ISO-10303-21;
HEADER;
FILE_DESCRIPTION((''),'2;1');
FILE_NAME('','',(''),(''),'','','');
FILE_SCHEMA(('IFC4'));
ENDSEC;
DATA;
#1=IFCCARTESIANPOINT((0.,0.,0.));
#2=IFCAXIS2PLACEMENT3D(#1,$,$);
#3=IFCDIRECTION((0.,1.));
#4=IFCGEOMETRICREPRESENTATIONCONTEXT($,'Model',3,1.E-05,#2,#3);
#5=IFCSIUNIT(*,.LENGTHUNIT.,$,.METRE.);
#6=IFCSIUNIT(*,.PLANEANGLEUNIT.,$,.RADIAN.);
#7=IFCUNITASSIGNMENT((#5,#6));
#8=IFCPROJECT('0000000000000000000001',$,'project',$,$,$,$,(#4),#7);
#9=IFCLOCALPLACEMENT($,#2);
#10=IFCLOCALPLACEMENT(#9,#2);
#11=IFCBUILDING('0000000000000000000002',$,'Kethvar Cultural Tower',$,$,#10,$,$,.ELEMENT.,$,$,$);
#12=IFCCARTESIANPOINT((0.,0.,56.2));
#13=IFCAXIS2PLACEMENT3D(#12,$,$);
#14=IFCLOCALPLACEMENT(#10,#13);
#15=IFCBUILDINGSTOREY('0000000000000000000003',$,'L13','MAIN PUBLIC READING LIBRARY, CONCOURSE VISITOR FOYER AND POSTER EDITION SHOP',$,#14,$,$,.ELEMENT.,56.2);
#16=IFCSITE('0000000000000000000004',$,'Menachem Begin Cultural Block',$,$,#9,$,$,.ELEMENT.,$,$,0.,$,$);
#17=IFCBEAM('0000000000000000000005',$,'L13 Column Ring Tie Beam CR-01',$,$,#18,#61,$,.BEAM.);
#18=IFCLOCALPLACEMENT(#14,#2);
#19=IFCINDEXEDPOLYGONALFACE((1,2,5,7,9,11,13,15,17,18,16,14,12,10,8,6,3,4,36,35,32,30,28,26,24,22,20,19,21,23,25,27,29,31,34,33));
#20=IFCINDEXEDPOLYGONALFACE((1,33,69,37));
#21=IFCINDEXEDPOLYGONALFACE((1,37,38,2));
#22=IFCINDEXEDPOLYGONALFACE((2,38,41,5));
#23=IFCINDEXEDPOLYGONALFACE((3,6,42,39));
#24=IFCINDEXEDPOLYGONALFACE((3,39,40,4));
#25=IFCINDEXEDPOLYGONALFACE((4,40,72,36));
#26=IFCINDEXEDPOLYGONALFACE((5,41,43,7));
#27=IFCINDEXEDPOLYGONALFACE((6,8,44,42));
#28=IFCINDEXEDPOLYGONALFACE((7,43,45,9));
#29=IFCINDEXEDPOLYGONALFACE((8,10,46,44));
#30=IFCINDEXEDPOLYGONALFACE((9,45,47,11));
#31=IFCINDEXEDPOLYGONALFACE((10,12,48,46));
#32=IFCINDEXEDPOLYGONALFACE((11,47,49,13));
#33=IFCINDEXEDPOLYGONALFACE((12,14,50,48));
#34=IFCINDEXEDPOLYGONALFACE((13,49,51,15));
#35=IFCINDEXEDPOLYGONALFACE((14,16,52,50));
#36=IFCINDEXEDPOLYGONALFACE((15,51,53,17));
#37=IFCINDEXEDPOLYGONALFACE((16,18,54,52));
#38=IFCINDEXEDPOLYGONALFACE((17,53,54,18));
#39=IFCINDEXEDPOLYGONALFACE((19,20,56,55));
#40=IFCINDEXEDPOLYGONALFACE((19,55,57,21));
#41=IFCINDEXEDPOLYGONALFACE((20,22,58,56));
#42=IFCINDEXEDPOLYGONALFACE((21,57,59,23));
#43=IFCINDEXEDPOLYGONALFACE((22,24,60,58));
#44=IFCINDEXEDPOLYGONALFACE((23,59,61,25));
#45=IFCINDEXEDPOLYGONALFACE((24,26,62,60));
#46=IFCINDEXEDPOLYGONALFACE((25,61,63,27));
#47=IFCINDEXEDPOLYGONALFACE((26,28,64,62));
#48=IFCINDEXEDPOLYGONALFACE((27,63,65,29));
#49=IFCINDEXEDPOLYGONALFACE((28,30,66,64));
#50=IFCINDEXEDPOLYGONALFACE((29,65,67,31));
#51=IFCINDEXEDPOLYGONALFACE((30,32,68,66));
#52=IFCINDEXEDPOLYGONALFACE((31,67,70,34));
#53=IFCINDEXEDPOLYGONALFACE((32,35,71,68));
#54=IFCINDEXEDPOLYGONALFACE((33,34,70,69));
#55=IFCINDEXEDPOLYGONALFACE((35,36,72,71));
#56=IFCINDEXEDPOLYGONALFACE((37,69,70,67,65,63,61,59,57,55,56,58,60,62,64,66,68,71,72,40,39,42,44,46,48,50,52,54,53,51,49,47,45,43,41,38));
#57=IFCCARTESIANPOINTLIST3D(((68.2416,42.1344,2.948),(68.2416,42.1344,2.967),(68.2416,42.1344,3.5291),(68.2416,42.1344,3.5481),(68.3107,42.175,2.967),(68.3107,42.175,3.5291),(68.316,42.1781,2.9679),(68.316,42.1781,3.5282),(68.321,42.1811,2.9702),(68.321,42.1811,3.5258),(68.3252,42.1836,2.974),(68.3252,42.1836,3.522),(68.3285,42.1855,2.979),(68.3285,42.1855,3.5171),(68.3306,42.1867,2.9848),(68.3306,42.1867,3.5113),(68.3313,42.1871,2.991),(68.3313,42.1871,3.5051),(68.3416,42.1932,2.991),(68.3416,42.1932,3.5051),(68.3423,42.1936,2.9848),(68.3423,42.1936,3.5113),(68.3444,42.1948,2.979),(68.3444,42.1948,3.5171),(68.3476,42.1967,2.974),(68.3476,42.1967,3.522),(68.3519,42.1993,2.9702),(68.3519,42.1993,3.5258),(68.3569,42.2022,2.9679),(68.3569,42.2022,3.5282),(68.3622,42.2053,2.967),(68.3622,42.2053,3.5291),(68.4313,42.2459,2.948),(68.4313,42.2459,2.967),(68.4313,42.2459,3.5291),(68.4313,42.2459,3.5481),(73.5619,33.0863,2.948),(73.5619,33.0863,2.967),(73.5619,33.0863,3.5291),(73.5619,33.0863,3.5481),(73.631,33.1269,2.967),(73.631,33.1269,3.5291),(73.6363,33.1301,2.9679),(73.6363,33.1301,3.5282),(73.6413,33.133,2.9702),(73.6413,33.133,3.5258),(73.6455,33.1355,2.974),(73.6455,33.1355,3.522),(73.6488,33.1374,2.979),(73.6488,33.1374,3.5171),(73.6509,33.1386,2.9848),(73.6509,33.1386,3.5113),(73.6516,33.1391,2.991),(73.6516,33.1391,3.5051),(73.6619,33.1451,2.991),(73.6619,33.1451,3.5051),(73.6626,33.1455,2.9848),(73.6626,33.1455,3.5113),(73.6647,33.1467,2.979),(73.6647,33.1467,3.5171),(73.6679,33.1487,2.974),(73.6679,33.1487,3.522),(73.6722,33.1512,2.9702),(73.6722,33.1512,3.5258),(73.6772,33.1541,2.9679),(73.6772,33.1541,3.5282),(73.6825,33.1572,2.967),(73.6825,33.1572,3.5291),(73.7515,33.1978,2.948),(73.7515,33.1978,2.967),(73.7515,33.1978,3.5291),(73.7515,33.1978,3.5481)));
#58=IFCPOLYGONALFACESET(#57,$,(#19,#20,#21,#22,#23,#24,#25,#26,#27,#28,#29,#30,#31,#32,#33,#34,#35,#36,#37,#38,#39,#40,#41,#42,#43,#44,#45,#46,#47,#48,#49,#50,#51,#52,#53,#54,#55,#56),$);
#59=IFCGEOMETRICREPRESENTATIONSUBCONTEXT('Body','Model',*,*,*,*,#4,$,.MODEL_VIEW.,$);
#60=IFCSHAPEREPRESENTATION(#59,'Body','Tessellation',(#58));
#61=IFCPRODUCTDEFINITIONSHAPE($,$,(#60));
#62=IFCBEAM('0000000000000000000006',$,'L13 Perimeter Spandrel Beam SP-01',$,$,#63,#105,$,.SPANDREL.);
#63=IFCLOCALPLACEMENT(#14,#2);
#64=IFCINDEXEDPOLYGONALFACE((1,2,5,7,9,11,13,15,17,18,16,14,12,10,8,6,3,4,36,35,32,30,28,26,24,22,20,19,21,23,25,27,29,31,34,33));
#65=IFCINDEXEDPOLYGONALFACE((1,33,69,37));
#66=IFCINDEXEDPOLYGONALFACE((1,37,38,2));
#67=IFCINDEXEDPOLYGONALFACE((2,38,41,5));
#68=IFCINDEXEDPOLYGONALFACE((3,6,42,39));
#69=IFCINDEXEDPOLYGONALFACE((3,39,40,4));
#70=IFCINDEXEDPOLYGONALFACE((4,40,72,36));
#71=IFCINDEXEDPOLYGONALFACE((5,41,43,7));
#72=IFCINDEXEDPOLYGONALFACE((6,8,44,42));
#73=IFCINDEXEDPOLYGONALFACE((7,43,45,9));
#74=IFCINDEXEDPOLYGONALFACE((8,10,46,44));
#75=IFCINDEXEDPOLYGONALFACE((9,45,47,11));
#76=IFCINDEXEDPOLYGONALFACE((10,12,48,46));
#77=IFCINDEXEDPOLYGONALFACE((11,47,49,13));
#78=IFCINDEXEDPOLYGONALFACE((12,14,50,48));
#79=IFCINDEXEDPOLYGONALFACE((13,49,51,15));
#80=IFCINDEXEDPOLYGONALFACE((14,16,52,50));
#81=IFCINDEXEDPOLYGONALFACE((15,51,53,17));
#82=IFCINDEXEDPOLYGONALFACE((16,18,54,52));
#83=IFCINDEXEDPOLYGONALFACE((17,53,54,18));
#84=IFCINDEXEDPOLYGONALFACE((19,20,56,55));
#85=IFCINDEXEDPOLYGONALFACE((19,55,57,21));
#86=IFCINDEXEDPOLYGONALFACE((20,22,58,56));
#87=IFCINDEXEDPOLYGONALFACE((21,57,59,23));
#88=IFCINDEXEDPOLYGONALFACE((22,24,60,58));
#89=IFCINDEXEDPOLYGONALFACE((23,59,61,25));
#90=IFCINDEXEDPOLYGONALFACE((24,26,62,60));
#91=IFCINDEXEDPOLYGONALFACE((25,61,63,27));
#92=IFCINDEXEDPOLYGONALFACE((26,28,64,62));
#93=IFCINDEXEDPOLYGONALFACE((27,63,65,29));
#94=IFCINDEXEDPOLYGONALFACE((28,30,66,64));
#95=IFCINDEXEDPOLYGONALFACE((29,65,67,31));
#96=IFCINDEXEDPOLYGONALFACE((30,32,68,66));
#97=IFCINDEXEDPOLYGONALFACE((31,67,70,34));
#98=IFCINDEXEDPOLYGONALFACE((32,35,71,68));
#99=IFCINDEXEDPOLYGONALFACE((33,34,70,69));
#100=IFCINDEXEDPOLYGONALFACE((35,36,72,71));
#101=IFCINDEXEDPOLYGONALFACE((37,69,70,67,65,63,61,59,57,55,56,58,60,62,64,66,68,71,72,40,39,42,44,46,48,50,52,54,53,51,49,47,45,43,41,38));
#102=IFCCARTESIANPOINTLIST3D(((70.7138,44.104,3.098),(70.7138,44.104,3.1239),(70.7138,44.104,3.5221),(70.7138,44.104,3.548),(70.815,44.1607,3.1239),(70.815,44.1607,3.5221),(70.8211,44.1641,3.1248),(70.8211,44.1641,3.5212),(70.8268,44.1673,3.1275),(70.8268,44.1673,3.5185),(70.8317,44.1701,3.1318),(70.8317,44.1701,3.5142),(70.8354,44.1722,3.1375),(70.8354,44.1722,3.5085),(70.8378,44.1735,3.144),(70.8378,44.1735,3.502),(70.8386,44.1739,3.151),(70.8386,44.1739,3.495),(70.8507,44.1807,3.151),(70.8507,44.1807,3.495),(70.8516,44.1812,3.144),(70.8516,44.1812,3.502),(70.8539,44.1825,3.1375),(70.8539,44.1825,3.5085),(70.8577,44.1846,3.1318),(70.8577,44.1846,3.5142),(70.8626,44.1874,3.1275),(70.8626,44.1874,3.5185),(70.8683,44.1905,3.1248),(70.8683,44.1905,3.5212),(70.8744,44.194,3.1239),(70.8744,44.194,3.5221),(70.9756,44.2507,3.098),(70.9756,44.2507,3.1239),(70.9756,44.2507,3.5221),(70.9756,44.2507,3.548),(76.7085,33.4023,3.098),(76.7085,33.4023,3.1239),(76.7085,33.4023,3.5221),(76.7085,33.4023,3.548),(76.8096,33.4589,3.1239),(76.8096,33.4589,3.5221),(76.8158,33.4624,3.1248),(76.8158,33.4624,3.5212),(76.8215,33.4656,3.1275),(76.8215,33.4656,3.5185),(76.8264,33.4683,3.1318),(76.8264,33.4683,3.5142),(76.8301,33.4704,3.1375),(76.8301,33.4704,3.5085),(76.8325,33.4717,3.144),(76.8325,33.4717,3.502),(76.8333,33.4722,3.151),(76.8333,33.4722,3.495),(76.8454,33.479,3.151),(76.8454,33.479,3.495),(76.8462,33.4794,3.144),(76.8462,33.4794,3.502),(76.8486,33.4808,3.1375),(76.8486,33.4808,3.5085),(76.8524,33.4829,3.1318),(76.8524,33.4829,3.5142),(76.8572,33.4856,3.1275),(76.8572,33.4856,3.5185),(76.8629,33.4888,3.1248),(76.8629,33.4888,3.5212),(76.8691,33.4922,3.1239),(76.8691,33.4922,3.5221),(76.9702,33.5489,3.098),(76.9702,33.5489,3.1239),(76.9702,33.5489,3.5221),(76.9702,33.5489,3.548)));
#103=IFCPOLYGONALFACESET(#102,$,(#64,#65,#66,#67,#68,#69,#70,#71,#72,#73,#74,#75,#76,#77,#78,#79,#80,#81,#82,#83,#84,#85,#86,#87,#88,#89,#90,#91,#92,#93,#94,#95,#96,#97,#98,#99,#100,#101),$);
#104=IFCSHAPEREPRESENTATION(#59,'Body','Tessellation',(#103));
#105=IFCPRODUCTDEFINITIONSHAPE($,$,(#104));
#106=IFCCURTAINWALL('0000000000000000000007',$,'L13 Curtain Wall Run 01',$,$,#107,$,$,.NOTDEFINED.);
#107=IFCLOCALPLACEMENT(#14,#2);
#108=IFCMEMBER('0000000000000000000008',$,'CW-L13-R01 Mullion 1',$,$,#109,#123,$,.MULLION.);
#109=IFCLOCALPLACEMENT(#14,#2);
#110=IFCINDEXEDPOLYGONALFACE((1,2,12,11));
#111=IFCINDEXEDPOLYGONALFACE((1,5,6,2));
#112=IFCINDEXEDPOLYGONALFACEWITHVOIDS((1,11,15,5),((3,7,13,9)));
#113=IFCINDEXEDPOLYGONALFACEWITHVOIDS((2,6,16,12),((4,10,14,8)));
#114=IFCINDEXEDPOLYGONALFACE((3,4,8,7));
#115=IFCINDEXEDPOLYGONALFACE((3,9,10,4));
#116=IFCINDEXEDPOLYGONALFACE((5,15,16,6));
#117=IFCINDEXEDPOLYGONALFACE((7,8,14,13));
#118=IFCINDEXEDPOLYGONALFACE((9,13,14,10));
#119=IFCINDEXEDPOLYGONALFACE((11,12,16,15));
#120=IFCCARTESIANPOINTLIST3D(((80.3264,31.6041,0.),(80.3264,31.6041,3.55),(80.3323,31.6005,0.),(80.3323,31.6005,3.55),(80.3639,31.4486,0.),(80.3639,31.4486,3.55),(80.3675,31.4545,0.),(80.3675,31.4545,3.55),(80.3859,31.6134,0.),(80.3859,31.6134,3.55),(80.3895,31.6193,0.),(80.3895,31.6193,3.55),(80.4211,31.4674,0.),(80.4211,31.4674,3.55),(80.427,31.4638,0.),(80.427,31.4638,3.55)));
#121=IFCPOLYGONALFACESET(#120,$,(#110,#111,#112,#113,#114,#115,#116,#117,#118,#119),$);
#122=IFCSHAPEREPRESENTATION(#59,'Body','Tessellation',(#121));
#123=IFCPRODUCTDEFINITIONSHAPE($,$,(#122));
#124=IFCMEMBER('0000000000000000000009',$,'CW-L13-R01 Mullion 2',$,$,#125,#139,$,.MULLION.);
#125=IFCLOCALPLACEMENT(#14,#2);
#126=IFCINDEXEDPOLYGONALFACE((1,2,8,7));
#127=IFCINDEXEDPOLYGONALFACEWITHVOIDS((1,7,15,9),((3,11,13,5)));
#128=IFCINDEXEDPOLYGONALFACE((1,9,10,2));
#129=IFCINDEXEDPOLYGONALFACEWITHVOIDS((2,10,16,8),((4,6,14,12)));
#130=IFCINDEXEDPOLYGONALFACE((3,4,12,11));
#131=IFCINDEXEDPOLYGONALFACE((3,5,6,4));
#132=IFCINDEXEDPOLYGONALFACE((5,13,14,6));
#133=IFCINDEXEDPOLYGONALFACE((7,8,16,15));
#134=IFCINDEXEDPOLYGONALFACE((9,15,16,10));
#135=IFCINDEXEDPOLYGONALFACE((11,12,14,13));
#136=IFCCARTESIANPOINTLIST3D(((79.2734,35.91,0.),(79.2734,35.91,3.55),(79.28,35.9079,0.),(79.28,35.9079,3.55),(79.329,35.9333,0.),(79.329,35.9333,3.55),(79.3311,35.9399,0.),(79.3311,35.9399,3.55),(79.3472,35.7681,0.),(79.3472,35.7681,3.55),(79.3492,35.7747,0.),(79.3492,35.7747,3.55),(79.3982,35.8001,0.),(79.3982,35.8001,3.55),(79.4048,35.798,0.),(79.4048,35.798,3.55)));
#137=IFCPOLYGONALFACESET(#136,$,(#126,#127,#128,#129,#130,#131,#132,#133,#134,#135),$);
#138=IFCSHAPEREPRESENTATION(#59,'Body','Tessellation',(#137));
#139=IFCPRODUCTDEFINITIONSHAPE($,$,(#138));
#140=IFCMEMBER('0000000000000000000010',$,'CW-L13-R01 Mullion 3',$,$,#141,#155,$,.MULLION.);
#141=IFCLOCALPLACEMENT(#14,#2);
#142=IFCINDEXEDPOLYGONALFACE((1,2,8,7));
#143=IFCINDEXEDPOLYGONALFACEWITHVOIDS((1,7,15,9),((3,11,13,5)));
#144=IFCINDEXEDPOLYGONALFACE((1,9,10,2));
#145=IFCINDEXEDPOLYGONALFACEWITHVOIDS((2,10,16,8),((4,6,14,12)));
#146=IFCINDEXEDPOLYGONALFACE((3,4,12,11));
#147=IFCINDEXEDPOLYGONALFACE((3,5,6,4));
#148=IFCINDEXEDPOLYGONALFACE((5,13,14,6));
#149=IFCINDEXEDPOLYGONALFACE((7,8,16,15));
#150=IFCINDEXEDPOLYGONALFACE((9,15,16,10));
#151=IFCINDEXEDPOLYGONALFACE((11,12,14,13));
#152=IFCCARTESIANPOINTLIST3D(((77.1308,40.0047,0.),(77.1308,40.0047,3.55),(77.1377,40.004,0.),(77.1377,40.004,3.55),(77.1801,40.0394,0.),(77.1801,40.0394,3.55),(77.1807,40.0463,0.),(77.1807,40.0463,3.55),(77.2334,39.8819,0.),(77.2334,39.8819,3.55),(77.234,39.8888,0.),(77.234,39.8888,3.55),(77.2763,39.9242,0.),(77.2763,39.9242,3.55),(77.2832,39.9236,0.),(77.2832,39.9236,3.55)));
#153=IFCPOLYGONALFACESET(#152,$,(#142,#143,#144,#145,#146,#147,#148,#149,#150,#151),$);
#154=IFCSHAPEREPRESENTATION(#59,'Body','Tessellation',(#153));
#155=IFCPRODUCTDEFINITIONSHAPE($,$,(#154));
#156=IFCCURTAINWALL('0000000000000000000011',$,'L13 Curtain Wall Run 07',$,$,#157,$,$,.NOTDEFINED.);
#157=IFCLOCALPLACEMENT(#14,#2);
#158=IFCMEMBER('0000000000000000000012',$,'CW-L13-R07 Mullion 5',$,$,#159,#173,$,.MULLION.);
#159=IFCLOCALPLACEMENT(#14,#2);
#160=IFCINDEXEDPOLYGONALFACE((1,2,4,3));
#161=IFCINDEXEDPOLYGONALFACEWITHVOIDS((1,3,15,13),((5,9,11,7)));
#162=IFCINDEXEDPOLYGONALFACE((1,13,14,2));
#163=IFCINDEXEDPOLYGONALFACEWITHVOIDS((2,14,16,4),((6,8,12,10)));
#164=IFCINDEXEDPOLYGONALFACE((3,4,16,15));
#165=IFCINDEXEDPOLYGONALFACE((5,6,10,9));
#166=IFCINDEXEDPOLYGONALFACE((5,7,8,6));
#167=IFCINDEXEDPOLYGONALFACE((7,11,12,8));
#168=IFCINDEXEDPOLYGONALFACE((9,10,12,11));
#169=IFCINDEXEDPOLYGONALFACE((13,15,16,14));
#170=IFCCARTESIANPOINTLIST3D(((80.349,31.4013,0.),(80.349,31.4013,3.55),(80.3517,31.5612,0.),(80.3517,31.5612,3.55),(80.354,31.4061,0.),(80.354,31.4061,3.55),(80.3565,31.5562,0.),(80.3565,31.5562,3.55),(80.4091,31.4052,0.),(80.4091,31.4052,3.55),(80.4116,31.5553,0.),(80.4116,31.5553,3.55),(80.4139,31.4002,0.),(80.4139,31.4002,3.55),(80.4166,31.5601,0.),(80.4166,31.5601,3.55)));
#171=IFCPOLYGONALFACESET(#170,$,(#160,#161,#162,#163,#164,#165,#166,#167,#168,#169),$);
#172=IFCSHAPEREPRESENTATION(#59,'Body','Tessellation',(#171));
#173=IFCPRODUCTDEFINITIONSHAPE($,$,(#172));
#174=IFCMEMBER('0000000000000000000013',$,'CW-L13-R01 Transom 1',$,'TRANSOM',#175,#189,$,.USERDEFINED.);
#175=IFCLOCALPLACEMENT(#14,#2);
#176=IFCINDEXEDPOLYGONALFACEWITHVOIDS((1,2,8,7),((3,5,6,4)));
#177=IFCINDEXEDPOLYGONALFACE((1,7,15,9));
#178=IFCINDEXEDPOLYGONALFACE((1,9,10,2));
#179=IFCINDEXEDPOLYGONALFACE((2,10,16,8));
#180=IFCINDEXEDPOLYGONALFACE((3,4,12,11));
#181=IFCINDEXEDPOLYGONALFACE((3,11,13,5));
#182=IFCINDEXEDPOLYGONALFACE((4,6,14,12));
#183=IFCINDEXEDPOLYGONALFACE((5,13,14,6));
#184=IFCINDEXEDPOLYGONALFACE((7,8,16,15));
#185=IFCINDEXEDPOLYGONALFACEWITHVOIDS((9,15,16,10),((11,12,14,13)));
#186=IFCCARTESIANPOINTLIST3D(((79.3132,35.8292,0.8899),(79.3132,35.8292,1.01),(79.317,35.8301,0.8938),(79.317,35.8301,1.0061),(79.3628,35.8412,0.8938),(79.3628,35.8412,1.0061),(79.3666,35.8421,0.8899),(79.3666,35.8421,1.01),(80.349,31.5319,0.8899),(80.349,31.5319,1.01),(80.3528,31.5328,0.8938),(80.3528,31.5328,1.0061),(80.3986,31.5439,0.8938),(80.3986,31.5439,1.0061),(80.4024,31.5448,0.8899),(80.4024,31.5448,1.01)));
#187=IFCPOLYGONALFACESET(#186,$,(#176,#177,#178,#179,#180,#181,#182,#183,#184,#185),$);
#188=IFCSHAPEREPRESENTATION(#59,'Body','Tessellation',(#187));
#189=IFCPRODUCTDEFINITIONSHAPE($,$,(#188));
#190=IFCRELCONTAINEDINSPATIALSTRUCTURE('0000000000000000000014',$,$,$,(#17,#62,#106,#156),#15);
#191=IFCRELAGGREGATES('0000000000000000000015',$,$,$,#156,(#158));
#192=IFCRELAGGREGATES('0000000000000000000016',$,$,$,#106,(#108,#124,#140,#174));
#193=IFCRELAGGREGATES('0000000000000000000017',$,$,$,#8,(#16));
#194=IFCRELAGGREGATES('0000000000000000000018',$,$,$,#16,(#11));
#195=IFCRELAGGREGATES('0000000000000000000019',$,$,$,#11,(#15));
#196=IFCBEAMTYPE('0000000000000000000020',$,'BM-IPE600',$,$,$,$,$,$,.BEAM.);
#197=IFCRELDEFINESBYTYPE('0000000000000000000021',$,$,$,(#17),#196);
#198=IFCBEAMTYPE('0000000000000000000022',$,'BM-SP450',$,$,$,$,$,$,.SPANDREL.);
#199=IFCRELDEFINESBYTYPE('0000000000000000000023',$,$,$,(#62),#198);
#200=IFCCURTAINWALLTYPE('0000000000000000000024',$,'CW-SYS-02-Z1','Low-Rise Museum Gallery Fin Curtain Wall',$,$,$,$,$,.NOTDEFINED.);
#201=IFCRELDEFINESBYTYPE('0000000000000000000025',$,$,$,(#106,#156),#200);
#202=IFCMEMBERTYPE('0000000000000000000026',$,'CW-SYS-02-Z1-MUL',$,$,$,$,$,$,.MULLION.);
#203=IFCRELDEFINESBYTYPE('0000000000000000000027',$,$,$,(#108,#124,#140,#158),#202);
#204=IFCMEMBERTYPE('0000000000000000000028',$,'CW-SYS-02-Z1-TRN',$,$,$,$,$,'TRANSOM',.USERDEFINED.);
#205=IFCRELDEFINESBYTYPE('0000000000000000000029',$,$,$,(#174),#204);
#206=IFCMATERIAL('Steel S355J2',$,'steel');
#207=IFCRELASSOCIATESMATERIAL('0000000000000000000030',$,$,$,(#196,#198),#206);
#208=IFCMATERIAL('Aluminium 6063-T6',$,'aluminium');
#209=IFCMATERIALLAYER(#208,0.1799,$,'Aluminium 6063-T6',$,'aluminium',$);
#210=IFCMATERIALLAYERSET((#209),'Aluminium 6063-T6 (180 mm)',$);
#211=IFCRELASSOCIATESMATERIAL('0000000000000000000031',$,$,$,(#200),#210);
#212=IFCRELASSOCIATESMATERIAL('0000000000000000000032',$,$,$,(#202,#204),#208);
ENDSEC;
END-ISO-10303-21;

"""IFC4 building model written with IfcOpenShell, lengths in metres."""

from ifc_helpers import new_model, si_unit, direction, frame, origin, origin_2d, place, context, subcontext, project, spatial, hollow_rectangle, i_section, extrude, source, transform, mapped, material, layer, layer_set, material_profile, profile_set, type_object, element, aggregate, save


model = new_model("IFC4")

# Units and contexts
model_context = context("Model", 3, precision=1e-05, world=origin(), true_north=direction((0.0, 1.0)))
body_context = subcontext(model_context, "Body", "Model", "MODEL_VIEW")
ifc_project = project(units=[si_unit("LENGTHUNIT", "METRE"), si_unit("PLANEANGLEUNIT", "RADIAN")], contexts=[model_context])

# Site, building, storey
site_placement = place(None, origin())
site = spatial("IfcSite", under=ifc_project, at=site_placement, Name="Menachem Begin Cultural Block", CompositionType="ELEMENT", RefElevation=0.0)
building_placement = place(site_placement, origin())
building = spatial("IfcBuilding", under=site, at=building_placement, Name="Kethvar Cultural Tower", CompositionType="ELEMENT")
storey_placement = place(building_placement, frame((0.0, 0.0, 56.2)))
storey = spatial("IfcBuildingStorey", under=building, at=storey_placement, Name="L13", Description="MAIN PUBLIC READING LIBRARY, CONCOURSE VISITOR FOYER AND POSTER EDITION SHOP", CompositionType="ELEMENT", Elevation=56.2)

# Beams
ifc_material_1 = material(Name="Steel S355J2", Category="steel")
ifc_material_profile_1 = material_profile(ifc_material_1, i_section(OverallWidth=0.22, OverallDepth=0.6001, WebThickness=0.012, FlangeThickness=0.019, FilletRadius=0.0239, at=origin_2d()), Name="Steel S355J2 — IPE600")
ifc_profile_set_1 = profile_set([ifc_material_profile_1], Name="Steel S355J2 — IPE600")
beam_type_1 = type_object("IfcBeamType", Name="BM-IPE600", PredefinedType="BEAM", material=ifc_profile_set_1)
shared_shape_1 = source(origin(), body_context, "Body", "SweptSolid", [
    extrude(i_section(OverallWidth=0.22, OverallDepth=0.6001, WebThickness=0.012, FlangeThickness=0.019, FilletRadius=0.0239, at=origin_2d()), origin(), (0.0, 0.0, 1.0), 10.4963),
])
beam_1_placement = place(storey_placement, frame((73.6567, 33.1421, 3.248), z_axis=(-0.506872, 0.862022, 0.0), x_axis=(-0.862022, -0.506872, 0.0)))
element("IfcBeam", 1, at=beam_1_placement, inside=storey, type_object=beam_type_1, Name="L13 Column Ring Tie Beam CR-01", PredefinedType="BEAM", context=body_context, shape_type="MappedRepresentation", body=[
    mapped(shared_shape_1, transform((0.0, 0.0, 0.0), scale=1.0)),
])
ifc_material_profile_2 = material_profile(ifc_material_1, i_section(OverallWidth=0.3, OverallDepth=0.45, WebThickness=0.0139, FlangeThickness=0.0259, FilletRadius=0.0271, at=origin_2d()), Name="Steel S355J2 — HEB450")
ifc_profile_set_2 = profile_set([ifc_material_profile_2], Name="Steel S355J2 — HEB450")
beam_type_2 = type_object("IfcBeamType", Name="BM-SP450", PredefinedType="SPANDREL", material=ifc_profile_set_2)
shared_shape_2 = source(origin(), body_context, "Body", "SweptSolid", [
    extrude(i_section(OverallWidth=0.3, OverallDepth=0.45, WebThickness=0.0139, FlangeThickness=0.0259, FilletRadius=0.0271, at=origin_2d()), origin(), (0.0, 0.0, 1.0), 12.2664),
])
beam_2_placement = place(storey_placement, frame((76.8394, 33.4756, 3.323), z_axis=(-0.488709, 0.872447, 0.0), x_axis=(-0.872447, -0.488709, 0.0)))
element("IfcBeam", 2, at=beam_2_placement, inside=storey, type_object=beam_type_2, Name="L13 Perimeter Spandrel Beam SP-01", PredefinedType="SPANDREL", context=body_context, shape_type="MappedRepresentation", body=[
    mapped(shared_shape_2, transform((0.0, 0.0, 0.0), scale=1.0)),
])

# Curtain wall, members
ifc_material_2 = material(Name="Aluminium 6063-T6", Category="aluminium")
ifc_layer_1 = layer(ifc_material_2, 0.1799, Name="Aluminium 6063-T6", Category="aluminium")
ifc_layer_set_1 = layer_set([ifc_layer_1], Name="Aluminium 6063-T6 (180 mm)")
curtain_wall_type = type_object("IfcCurtainWallType", Name="CW-SYS-02-Z1", Description="Low-Rise Museum Gallery Fin Curtain Wall", PredefinedType="NOTDEFINED", material=ifc_layer_set_1)
curtain_wall_1_placement = place(storey_placement, origin())
curtain_wall_1 = element("IfcCurtainWall", 3, at=curtain_wall_1_placement, inside=storey, type_object=curtain_wall_type, Name="L13 Curtain Wall Run 01", PredefinedType="NOTDEFINED")
ifc_material_profile_3 = material_profile(ifc_material_2, hollow_rectangle(XDim=0.0649, YDim=0.1599, WallThickness=0.0049, at=origin_2d()), Name="Aluminium 6063-T6 — RHS160x65x5")
ifc_profile_set_3 = profile_set([ifc_material_profile_3], Name="Aluminium 6063-T6 — RHS160x65x5")
member_type_1 = type_object("IfcMemberType", Name="CW-SYS-02-Z1-MUL", PredefinedType="MULLION", material=ifc_profile_set_3)
shared_shape_3 = source(origin(), body_context, "Body", "SweptSolid", [
    extrude(hollow_rectangle(XDim=0.0649, YDim=0.1599, WallThickness=0.0049, at=origin_2d()), origin(), (0.0, 0.0, 1.0), 3.55),
])
member_1_placement = place(storey_placement, frame((80.3767, 31.5339, 0.0), z_axis=(0.0, 0.0, 1.0), x_axis=(-0.972154, -0.234345, 0.0)))
member_1 = element("IfcMember", 4, at=member_1_placement, type_object=member_type_1, Name="CW-L13-R01 Mullion 1", PredefinedType="MULLION", context=body_context, shape_type="MappedRepresentation", body=[
    mapped(shared_shape_3, transform((0.0, 0.0, 0.0), scale=1.0)),
])
member_2_placement = place(storey_placement, frame((79.3391, 35.854, 0.0), z_axis=(0.0, 0.0, 1.0), x_axis=(-0.887389, -0.461021, 0.0)))
member_2 = element("IfcMember", 5, at=member_2_placement, type_object=member_type_1, Name="CW-L13-R01 Mullion 2", PredefinedType="MULLION", context=body_context, shape_type="MappedRepresentation", body=[
    mapped(shared_shape_3, transform((0.0, 0.0, 0.0), scale=1.0)),
])
member_3_placement = place(storey_placement, frame((77.207, 39.9641, 0.0), z_axis=(0.0, 0.0, 1.0), x_axis=(-0.7674, -0.641168, 0.0)))
member_3 = element("IfcMember", 6, at=member_3_placement, type_object=member_type_1, Name="CW-L13-R01 Mullion 3", PredefinedType="MULLION", context=body_context, shape_type="MappedRepresentation", body=[
    mapped(shared_shape_3, transform((0.0, 0.0, 0.0), scale=1.0)),
])

# Curtain wall, member
curtain_wall_2_placement = place(storey_placement, origin())
curtain_wall_2 = element("IfcCurtainWall", 7, at=curtain_wall_2_placement, inside=storey, type_object=curtain_wall_type, Name="L13 Curtain Wall Run 07", PredefinedType="NOTDEFINED")
member_4_placement = place(storey_placement, frame((80.3828, 31.4807, 0.0), z_axis=(0.0, 0.0, 1.0), x_axis=(-0.999862, 0.016632, 0.0)))
member_4 = element("IfcMember", 8, at=member_4_placement, type_object=member_type_1, Name="CW-L13-R07 Mullion 5", PredefinedType="MULLION", context=body_context, shape_type="MappedRepresentation", body=[
    mapped(shared_shape_3, transform((0.0, 0.0, 0.0), scale=1.0)),
])

# Member
ifc_material_profile_4 = material_profile(ifc_material_2, hollow_rectangle(XDim=0.0549, YDim=0.1201, WallThickness=0.0039, at=origin_2d()), Name="Aluminium 6063-T6 — RHS120x55x4")
ifc_profile_set_4 = profile_set([ifc_material_profile_4], Name="Aluminium 6063-T6 — RHS120x55x4")
member_type_2 = type_object("IfcMemberType", Name="CW-SYS-02-Z1-TRN", ElementType="TRANSOM", PredefinedType="USERDEFINED", material=ifc_profile_set_4)
shared_shape_4 = source(origin(), body_context, "Body", "SweptSolid", [
    extrude(hollow_rectangle(XDim=0.0549, YDim=0.1201, WallThickness=0.0039, at=origin_2d()), origin(), (0.0, 0.0, 1.0), 4.4204),
])
member_5_placement = place(storey_placement, frame((80.3757, 31.5383, 0.95), z_axis=(-0.23434, 0.972155, 0.0), x_axis=(-0.972155, -0.23434, 0.0)))
member_5 = element("IfcMember", 9, at=member_5_placement, type_object=member_type_2, Name="CW-L13-R01 Transom 1", ObjectType="TRANSOM", PredefinedType="USERDEFINED", context=body_context, shape_type="MappedRepresentation", body=[
    mapped(shared_shape_4, transform((0.0, 0.0, 0.0), scale=1.0)),
])

aggregate(curtain_wall_2, [member_4])
aggregate(curtain_wall_1, [member_1, member_2, member_3, member_5])

save(model, "model.ifc")
